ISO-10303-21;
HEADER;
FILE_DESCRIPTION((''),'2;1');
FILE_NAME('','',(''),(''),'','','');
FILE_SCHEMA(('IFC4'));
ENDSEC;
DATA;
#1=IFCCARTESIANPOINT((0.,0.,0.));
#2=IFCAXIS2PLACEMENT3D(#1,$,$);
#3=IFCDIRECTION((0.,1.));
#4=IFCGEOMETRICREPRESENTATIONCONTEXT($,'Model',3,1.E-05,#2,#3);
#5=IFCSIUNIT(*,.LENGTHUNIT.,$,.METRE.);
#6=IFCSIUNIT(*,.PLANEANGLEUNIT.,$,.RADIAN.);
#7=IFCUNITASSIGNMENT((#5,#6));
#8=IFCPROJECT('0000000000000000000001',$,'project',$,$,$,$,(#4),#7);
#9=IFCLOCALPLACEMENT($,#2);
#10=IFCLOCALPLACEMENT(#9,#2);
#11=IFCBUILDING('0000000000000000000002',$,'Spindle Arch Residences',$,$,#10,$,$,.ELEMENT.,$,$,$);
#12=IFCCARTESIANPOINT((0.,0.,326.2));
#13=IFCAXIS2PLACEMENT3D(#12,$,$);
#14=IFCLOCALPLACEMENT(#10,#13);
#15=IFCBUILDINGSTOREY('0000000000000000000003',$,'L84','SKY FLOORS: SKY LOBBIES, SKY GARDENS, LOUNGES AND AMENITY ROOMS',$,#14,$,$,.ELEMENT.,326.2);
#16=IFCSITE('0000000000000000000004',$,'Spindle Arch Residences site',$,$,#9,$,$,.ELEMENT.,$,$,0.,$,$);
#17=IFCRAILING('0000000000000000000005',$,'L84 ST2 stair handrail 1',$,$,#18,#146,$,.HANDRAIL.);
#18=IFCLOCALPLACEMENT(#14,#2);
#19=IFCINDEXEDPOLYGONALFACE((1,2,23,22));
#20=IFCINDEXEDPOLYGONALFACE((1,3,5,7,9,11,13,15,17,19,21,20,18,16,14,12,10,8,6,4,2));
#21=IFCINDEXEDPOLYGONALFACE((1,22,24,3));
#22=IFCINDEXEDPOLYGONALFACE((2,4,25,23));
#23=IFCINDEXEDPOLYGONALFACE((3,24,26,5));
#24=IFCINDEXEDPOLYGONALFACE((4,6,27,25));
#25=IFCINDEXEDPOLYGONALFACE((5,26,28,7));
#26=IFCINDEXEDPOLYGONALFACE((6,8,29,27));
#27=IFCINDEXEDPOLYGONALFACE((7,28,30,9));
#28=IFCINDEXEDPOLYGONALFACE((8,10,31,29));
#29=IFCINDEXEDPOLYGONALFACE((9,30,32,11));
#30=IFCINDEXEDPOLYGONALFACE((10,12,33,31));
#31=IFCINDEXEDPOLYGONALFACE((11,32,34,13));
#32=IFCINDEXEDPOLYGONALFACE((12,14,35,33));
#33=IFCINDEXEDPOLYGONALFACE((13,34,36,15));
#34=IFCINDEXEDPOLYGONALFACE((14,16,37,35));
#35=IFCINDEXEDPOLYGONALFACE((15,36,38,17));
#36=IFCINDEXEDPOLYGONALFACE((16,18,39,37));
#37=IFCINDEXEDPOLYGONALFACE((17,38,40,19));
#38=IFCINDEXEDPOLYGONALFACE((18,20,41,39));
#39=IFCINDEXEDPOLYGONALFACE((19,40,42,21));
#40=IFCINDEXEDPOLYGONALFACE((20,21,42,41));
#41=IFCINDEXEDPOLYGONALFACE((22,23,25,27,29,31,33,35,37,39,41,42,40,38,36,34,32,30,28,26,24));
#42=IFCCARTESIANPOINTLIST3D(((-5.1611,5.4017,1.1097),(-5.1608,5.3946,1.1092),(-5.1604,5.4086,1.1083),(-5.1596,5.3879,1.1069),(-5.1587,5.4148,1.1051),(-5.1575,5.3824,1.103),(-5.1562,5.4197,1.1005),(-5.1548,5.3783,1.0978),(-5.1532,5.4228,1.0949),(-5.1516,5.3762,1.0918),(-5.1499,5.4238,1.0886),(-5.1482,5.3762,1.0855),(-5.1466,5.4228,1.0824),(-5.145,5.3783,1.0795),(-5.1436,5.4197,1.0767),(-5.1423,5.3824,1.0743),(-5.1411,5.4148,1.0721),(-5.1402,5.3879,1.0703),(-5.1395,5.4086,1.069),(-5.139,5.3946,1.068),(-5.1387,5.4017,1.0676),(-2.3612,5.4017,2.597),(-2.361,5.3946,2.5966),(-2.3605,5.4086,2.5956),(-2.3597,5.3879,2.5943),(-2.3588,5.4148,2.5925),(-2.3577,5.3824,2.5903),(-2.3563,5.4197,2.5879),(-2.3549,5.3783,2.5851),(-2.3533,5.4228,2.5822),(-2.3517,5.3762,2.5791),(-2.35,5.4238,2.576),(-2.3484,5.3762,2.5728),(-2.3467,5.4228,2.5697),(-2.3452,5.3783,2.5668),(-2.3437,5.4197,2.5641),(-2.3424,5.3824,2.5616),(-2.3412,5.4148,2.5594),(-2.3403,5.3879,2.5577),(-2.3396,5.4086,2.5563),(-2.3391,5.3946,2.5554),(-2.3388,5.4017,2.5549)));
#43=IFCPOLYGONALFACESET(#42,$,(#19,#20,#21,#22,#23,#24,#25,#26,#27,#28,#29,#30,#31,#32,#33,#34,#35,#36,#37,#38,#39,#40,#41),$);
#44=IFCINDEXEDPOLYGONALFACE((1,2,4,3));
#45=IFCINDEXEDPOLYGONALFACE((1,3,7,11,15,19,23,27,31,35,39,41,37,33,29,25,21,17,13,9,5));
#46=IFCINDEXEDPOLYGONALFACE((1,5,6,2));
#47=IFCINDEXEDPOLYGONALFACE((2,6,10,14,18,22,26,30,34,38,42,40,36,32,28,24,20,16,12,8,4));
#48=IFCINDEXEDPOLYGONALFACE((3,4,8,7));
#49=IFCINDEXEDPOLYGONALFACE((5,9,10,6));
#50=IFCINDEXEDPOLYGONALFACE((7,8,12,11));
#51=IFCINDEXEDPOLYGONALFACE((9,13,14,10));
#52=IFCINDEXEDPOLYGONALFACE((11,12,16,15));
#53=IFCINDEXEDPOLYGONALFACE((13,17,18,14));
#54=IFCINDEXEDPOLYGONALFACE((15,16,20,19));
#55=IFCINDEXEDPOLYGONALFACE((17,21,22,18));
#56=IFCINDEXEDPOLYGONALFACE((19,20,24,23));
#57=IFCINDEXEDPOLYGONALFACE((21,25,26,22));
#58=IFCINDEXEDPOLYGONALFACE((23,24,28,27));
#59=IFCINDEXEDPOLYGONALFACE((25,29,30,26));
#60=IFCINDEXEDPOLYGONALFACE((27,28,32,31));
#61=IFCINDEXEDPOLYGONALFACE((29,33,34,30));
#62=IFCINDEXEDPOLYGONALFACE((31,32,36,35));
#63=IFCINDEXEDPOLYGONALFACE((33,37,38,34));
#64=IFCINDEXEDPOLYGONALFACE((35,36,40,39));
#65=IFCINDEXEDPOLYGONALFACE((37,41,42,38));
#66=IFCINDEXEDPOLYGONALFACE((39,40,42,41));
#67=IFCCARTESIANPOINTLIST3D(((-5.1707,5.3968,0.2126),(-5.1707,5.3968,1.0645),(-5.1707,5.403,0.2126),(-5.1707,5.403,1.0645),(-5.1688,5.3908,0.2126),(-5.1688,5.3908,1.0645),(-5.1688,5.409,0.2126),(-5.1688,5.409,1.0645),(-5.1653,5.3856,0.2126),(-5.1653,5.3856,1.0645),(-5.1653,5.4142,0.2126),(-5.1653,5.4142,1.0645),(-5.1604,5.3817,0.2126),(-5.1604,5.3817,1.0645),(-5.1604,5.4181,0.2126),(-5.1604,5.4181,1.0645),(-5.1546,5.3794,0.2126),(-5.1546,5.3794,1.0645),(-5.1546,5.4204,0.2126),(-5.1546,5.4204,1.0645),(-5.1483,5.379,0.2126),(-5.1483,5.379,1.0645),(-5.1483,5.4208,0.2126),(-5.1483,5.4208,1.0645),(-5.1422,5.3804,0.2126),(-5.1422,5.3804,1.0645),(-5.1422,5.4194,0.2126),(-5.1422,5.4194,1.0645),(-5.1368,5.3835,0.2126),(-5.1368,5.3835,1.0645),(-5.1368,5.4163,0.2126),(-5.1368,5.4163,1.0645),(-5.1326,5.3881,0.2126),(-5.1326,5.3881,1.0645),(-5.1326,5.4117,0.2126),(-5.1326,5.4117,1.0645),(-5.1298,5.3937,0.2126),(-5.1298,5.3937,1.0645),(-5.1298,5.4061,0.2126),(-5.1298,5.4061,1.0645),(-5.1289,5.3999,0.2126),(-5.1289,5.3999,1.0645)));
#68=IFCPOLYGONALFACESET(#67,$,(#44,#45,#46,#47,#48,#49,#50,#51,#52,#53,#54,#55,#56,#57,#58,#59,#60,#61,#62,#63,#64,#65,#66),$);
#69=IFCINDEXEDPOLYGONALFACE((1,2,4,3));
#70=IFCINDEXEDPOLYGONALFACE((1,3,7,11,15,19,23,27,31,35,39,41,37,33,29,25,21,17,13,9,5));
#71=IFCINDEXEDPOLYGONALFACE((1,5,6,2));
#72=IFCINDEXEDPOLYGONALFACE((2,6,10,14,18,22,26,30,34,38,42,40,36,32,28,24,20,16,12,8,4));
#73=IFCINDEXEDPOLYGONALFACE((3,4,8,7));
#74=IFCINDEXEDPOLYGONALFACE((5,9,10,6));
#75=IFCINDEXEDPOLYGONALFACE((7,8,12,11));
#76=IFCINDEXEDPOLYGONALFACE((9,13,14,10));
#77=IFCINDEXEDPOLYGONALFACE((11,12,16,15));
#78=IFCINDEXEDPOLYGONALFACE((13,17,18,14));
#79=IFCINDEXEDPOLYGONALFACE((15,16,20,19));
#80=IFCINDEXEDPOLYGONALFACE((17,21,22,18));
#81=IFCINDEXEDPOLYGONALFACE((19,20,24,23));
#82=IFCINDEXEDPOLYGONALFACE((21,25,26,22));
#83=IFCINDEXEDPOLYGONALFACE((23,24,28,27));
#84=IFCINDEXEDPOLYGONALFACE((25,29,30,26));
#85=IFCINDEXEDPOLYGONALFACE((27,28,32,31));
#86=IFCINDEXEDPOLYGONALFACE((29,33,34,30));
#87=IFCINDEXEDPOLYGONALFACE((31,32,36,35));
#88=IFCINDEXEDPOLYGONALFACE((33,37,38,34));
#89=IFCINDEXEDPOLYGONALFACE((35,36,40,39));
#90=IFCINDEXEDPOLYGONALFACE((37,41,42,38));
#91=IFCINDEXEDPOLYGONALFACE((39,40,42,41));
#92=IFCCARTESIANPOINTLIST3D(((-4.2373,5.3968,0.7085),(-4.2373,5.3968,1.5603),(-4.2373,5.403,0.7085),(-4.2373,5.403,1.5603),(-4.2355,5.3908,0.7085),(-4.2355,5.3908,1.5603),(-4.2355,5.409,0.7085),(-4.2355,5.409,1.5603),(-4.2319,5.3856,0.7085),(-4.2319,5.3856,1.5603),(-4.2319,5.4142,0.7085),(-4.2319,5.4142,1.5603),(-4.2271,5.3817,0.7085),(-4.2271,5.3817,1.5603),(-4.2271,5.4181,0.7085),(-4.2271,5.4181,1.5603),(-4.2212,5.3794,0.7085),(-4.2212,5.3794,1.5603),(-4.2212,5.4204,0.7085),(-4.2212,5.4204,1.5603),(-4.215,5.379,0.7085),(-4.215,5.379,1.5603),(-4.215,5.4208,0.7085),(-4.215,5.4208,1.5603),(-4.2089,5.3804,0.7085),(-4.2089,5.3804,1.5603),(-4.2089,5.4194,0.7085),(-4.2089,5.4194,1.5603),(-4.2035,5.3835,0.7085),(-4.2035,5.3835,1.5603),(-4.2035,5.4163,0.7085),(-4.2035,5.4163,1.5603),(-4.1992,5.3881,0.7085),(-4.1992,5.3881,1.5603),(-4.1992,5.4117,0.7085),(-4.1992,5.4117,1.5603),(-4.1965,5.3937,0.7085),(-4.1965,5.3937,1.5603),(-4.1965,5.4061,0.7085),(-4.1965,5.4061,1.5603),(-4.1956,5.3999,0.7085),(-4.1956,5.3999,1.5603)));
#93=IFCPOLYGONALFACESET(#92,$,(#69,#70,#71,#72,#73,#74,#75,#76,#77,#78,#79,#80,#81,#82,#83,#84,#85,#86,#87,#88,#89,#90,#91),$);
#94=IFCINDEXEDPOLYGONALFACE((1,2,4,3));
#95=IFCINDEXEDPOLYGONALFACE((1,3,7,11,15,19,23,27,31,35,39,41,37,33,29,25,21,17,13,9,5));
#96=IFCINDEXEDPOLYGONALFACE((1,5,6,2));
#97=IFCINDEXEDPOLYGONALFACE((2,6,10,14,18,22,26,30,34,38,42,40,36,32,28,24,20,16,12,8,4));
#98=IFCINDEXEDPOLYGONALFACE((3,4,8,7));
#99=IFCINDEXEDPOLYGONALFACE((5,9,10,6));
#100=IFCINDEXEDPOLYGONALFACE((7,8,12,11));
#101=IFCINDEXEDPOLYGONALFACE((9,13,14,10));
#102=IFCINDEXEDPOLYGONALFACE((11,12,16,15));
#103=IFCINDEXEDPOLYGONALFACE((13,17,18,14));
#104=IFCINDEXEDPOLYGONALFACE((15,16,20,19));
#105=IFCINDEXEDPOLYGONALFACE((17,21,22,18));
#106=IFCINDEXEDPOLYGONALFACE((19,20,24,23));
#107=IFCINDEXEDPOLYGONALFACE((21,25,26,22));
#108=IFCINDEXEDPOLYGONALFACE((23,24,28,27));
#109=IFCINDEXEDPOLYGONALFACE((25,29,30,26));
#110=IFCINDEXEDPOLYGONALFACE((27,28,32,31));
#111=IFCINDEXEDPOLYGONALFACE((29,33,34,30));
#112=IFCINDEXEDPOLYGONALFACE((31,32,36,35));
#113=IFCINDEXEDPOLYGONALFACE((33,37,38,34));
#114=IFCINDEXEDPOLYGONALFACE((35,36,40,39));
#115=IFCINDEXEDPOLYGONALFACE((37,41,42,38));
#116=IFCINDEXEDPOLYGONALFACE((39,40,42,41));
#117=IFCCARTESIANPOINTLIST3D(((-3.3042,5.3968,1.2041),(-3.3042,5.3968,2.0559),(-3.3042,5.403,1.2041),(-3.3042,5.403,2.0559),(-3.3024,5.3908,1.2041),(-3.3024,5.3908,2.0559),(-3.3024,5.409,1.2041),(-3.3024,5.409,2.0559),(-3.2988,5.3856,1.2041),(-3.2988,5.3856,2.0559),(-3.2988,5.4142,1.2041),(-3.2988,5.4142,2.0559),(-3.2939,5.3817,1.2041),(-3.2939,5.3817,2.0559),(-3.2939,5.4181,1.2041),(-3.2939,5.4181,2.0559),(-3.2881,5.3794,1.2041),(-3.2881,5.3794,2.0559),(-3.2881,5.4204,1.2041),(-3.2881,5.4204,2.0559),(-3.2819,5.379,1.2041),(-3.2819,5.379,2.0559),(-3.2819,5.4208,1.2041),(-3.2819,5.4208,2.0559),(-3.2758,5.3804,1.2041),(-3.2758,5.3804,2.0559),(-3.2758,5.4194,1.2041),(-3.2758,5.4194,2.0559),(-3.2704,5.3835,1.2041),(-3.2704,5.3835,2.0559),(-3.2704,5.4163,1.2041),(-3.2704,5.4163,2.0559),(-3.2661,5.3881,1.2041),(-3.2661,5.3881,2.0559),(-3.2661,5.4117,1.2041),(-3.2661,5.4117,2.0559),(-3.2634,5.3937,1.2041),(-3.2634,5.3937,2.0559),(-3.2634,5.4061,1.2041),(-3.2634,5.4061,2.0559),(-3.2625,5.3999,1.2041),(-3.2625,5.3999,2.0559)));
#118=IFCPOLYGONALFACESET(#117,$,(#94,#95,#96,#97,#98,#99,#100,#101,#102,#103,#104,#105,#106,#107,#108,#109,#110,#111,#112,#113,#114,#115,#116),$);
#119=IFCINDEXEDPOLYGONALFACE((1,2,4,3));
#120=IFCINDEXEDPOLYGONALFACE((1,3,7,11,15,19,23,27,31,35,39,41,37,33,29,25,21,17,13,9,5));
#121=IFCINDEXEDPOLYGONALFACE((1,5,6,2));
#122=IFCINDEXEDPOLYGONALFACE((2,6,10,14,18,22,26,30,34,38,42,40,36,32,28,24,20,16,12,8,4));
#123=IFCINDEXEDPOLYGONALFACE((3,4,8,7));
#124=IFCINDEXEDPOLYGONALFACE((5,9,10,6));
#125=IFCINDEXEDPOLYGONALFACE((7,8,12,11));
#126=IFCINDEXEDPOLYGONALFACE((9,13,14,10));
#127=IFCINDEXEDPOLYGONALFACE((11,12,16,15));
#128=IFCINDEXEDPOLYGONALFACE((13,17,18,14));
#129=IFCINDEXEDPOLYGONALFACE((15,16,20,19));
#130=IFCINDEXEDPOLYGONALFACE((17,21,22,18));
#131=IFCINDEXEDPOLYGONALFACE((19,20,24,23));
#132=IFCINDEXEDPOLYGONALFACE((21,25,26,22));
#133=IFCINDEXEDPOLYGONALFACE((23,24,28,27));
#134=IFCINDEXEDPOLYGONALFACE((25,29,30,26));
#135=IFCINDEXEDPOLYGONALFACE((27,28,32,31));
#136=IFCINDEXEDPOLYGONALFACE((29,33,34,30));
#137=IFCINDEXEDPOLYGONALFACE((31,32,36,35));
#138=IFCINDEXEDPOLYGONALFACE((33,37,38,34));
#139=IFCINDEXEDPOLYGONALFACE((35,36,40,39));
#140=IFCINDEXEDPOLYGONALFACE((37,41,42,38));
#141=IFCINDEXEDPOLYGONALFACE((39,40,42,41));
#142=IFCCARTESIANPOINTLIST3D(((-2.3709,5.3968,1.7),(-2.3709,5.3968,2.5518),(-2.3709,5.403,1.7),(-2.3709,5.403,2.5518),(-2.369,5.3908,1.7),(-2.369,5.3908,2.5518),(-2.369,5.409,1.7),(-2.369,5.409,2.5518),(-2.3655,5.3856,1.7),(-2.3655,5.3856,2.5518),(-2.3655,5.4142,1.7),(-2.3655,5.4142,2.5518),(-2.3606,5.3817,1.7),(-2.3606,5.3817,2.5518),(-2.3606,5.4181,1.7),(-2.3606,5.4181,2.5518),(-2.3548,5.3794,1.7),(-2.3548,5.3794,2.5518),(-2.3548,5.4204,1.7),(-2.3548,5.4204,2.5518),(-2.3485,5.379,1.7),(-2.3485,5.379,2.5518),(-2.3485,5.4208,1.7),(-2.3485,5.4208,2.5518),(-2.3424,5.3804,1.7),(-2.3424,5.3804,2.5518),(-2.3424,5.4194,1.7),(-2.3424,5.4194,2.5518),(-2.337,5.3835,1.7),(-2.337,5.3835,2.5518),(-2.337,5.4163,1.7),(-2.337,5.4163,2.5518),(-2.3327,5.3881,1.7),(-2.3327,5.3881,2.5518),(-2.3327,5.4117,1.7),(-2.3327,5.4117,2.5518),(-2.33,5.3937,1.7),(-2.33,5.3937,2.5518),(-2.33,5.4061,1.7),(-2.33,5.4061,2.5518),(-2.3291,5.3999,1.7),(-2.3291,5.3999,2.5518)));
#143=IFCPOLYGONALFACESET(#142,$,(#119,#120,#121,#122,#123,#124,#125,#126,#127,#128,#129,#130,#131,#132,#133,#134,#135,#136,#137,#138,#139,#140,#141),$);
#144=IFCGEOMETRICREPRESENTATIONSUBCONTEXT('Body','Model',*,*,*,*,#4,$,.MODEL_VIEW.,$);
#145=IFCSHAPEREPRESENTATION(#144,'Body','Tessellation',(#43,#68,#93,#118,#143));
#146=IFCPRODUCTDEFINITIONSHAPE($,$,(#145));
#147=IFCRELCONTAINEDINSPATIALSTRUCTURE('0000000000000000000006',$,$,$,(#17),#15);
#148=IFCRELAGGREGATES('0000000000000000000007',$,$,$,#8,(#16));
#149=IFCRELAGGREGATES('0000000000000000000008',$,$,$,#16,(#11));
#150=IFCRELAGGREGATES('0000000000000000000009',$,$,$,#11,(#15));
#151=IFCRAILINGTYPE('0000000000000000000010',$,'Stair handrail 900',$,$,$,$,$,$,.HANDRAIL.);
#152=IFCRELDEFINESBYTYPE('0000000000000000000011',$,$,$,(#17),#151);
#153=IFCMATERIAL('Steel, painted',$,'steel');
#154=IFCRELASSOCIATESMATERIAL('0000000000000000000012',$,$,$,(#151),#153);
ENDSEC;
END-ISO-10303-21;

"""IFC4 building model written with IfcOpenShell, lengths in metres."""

from ifc_helpers import new_model, si_unit, direction, frame, origin, origin_2d, place, context, subcontext, project, spatial, circle, extrude, material, type_object, element, save


model = new_model("IFC4")

# Units and contexts
model_context = context("Model", 3, precision=1e-05, world=origin(), true_north=direction((0.0, 1.0)))
body_context = subcontext(model_context, "Body", "Model", "MODEL_VIEW")
ifc_project = project(units=[si_unit("LENGTHUNIT", "METRE"), si_unit("PLANEANGLEUNIT", "RADIAN")], contexts=[model_context])

# Site, building, storey
site_placement = place(None, origin())
site = spatial("IfcSite", under=ifc_project, at=site_placement, Name="Spindle Arch Residences site", CompositionType="ELEMENT", RefElevation=0.0)
building_placement = place(site_placement, origin())
building = spatial("IfcBuilding", under=site, at=building_placement, Name="Spindle Arch Residences", CompositionType="ELEMENT")
storey_placement = place(building_placement, frame((0.0, 0.0, 326.2)))
storey = spatial("IfcBuildingStorey", under=building, at=storey_placement, Name="L84", Description="SKY FLOORS: SKY LOBBIES, SKY GARDENS, LOUNGES AND AMENITY ROOMS", CompositionType="ELEMENT", Elevation=326.2)

# Railing
ifc_material_1 = material(Name="Steel, painted", Category="steel")
railing_type_1 = type_object("IfcRailingType", Name="Stair handrail 900", PredefinedType="HANDRAIL", material=ifc_material_1)
railing_1_placement = place(storey_placement, frame((-5.1499, 5.3999, 0.2126)))
element("IfcRailing", 1, at=railing_1_placement, inside=storey, type_object=railing_type_1, Name="L84 ST2 stair handrail 1", PredefinedType="HANDRAIL", context=body_context, shape_type="SweptSolid", body=[
    extrude(circle(Radius=0.0239, at=origin_2d()), frame((0.0, 0.0, 0.876), z_axis=(0.883128, 0.0, 0.469133), x_axis=(0.0, 1.0, 0.0)), (0.0, 0.0, 1.0), 3.1704),
    extrude(circle(Radius=0.021, at=origin_2d()), origin(), (0.0, 0.0, 1.0), 0.8518),
    extrude(circle(Radius=0.021, at=origin_2d()), frame((0.9333, 0.0, 0.4958)), (0.0, 0.0, 1.0), 0.8518),
    extrude(circle(Radius=0.021, at=origin_2d()), frame((1.8665, 0.0, 0.9915)), (0.0, 0.0, 1.0), 0.8518),
    extrude(circle(Radius=0.021, at=origin_2d()), frame((2.7998, 0.0, 1.4873)), (0.0, 0.0, 1.0), 0.8518),
])

save(model, "model.ifc")
